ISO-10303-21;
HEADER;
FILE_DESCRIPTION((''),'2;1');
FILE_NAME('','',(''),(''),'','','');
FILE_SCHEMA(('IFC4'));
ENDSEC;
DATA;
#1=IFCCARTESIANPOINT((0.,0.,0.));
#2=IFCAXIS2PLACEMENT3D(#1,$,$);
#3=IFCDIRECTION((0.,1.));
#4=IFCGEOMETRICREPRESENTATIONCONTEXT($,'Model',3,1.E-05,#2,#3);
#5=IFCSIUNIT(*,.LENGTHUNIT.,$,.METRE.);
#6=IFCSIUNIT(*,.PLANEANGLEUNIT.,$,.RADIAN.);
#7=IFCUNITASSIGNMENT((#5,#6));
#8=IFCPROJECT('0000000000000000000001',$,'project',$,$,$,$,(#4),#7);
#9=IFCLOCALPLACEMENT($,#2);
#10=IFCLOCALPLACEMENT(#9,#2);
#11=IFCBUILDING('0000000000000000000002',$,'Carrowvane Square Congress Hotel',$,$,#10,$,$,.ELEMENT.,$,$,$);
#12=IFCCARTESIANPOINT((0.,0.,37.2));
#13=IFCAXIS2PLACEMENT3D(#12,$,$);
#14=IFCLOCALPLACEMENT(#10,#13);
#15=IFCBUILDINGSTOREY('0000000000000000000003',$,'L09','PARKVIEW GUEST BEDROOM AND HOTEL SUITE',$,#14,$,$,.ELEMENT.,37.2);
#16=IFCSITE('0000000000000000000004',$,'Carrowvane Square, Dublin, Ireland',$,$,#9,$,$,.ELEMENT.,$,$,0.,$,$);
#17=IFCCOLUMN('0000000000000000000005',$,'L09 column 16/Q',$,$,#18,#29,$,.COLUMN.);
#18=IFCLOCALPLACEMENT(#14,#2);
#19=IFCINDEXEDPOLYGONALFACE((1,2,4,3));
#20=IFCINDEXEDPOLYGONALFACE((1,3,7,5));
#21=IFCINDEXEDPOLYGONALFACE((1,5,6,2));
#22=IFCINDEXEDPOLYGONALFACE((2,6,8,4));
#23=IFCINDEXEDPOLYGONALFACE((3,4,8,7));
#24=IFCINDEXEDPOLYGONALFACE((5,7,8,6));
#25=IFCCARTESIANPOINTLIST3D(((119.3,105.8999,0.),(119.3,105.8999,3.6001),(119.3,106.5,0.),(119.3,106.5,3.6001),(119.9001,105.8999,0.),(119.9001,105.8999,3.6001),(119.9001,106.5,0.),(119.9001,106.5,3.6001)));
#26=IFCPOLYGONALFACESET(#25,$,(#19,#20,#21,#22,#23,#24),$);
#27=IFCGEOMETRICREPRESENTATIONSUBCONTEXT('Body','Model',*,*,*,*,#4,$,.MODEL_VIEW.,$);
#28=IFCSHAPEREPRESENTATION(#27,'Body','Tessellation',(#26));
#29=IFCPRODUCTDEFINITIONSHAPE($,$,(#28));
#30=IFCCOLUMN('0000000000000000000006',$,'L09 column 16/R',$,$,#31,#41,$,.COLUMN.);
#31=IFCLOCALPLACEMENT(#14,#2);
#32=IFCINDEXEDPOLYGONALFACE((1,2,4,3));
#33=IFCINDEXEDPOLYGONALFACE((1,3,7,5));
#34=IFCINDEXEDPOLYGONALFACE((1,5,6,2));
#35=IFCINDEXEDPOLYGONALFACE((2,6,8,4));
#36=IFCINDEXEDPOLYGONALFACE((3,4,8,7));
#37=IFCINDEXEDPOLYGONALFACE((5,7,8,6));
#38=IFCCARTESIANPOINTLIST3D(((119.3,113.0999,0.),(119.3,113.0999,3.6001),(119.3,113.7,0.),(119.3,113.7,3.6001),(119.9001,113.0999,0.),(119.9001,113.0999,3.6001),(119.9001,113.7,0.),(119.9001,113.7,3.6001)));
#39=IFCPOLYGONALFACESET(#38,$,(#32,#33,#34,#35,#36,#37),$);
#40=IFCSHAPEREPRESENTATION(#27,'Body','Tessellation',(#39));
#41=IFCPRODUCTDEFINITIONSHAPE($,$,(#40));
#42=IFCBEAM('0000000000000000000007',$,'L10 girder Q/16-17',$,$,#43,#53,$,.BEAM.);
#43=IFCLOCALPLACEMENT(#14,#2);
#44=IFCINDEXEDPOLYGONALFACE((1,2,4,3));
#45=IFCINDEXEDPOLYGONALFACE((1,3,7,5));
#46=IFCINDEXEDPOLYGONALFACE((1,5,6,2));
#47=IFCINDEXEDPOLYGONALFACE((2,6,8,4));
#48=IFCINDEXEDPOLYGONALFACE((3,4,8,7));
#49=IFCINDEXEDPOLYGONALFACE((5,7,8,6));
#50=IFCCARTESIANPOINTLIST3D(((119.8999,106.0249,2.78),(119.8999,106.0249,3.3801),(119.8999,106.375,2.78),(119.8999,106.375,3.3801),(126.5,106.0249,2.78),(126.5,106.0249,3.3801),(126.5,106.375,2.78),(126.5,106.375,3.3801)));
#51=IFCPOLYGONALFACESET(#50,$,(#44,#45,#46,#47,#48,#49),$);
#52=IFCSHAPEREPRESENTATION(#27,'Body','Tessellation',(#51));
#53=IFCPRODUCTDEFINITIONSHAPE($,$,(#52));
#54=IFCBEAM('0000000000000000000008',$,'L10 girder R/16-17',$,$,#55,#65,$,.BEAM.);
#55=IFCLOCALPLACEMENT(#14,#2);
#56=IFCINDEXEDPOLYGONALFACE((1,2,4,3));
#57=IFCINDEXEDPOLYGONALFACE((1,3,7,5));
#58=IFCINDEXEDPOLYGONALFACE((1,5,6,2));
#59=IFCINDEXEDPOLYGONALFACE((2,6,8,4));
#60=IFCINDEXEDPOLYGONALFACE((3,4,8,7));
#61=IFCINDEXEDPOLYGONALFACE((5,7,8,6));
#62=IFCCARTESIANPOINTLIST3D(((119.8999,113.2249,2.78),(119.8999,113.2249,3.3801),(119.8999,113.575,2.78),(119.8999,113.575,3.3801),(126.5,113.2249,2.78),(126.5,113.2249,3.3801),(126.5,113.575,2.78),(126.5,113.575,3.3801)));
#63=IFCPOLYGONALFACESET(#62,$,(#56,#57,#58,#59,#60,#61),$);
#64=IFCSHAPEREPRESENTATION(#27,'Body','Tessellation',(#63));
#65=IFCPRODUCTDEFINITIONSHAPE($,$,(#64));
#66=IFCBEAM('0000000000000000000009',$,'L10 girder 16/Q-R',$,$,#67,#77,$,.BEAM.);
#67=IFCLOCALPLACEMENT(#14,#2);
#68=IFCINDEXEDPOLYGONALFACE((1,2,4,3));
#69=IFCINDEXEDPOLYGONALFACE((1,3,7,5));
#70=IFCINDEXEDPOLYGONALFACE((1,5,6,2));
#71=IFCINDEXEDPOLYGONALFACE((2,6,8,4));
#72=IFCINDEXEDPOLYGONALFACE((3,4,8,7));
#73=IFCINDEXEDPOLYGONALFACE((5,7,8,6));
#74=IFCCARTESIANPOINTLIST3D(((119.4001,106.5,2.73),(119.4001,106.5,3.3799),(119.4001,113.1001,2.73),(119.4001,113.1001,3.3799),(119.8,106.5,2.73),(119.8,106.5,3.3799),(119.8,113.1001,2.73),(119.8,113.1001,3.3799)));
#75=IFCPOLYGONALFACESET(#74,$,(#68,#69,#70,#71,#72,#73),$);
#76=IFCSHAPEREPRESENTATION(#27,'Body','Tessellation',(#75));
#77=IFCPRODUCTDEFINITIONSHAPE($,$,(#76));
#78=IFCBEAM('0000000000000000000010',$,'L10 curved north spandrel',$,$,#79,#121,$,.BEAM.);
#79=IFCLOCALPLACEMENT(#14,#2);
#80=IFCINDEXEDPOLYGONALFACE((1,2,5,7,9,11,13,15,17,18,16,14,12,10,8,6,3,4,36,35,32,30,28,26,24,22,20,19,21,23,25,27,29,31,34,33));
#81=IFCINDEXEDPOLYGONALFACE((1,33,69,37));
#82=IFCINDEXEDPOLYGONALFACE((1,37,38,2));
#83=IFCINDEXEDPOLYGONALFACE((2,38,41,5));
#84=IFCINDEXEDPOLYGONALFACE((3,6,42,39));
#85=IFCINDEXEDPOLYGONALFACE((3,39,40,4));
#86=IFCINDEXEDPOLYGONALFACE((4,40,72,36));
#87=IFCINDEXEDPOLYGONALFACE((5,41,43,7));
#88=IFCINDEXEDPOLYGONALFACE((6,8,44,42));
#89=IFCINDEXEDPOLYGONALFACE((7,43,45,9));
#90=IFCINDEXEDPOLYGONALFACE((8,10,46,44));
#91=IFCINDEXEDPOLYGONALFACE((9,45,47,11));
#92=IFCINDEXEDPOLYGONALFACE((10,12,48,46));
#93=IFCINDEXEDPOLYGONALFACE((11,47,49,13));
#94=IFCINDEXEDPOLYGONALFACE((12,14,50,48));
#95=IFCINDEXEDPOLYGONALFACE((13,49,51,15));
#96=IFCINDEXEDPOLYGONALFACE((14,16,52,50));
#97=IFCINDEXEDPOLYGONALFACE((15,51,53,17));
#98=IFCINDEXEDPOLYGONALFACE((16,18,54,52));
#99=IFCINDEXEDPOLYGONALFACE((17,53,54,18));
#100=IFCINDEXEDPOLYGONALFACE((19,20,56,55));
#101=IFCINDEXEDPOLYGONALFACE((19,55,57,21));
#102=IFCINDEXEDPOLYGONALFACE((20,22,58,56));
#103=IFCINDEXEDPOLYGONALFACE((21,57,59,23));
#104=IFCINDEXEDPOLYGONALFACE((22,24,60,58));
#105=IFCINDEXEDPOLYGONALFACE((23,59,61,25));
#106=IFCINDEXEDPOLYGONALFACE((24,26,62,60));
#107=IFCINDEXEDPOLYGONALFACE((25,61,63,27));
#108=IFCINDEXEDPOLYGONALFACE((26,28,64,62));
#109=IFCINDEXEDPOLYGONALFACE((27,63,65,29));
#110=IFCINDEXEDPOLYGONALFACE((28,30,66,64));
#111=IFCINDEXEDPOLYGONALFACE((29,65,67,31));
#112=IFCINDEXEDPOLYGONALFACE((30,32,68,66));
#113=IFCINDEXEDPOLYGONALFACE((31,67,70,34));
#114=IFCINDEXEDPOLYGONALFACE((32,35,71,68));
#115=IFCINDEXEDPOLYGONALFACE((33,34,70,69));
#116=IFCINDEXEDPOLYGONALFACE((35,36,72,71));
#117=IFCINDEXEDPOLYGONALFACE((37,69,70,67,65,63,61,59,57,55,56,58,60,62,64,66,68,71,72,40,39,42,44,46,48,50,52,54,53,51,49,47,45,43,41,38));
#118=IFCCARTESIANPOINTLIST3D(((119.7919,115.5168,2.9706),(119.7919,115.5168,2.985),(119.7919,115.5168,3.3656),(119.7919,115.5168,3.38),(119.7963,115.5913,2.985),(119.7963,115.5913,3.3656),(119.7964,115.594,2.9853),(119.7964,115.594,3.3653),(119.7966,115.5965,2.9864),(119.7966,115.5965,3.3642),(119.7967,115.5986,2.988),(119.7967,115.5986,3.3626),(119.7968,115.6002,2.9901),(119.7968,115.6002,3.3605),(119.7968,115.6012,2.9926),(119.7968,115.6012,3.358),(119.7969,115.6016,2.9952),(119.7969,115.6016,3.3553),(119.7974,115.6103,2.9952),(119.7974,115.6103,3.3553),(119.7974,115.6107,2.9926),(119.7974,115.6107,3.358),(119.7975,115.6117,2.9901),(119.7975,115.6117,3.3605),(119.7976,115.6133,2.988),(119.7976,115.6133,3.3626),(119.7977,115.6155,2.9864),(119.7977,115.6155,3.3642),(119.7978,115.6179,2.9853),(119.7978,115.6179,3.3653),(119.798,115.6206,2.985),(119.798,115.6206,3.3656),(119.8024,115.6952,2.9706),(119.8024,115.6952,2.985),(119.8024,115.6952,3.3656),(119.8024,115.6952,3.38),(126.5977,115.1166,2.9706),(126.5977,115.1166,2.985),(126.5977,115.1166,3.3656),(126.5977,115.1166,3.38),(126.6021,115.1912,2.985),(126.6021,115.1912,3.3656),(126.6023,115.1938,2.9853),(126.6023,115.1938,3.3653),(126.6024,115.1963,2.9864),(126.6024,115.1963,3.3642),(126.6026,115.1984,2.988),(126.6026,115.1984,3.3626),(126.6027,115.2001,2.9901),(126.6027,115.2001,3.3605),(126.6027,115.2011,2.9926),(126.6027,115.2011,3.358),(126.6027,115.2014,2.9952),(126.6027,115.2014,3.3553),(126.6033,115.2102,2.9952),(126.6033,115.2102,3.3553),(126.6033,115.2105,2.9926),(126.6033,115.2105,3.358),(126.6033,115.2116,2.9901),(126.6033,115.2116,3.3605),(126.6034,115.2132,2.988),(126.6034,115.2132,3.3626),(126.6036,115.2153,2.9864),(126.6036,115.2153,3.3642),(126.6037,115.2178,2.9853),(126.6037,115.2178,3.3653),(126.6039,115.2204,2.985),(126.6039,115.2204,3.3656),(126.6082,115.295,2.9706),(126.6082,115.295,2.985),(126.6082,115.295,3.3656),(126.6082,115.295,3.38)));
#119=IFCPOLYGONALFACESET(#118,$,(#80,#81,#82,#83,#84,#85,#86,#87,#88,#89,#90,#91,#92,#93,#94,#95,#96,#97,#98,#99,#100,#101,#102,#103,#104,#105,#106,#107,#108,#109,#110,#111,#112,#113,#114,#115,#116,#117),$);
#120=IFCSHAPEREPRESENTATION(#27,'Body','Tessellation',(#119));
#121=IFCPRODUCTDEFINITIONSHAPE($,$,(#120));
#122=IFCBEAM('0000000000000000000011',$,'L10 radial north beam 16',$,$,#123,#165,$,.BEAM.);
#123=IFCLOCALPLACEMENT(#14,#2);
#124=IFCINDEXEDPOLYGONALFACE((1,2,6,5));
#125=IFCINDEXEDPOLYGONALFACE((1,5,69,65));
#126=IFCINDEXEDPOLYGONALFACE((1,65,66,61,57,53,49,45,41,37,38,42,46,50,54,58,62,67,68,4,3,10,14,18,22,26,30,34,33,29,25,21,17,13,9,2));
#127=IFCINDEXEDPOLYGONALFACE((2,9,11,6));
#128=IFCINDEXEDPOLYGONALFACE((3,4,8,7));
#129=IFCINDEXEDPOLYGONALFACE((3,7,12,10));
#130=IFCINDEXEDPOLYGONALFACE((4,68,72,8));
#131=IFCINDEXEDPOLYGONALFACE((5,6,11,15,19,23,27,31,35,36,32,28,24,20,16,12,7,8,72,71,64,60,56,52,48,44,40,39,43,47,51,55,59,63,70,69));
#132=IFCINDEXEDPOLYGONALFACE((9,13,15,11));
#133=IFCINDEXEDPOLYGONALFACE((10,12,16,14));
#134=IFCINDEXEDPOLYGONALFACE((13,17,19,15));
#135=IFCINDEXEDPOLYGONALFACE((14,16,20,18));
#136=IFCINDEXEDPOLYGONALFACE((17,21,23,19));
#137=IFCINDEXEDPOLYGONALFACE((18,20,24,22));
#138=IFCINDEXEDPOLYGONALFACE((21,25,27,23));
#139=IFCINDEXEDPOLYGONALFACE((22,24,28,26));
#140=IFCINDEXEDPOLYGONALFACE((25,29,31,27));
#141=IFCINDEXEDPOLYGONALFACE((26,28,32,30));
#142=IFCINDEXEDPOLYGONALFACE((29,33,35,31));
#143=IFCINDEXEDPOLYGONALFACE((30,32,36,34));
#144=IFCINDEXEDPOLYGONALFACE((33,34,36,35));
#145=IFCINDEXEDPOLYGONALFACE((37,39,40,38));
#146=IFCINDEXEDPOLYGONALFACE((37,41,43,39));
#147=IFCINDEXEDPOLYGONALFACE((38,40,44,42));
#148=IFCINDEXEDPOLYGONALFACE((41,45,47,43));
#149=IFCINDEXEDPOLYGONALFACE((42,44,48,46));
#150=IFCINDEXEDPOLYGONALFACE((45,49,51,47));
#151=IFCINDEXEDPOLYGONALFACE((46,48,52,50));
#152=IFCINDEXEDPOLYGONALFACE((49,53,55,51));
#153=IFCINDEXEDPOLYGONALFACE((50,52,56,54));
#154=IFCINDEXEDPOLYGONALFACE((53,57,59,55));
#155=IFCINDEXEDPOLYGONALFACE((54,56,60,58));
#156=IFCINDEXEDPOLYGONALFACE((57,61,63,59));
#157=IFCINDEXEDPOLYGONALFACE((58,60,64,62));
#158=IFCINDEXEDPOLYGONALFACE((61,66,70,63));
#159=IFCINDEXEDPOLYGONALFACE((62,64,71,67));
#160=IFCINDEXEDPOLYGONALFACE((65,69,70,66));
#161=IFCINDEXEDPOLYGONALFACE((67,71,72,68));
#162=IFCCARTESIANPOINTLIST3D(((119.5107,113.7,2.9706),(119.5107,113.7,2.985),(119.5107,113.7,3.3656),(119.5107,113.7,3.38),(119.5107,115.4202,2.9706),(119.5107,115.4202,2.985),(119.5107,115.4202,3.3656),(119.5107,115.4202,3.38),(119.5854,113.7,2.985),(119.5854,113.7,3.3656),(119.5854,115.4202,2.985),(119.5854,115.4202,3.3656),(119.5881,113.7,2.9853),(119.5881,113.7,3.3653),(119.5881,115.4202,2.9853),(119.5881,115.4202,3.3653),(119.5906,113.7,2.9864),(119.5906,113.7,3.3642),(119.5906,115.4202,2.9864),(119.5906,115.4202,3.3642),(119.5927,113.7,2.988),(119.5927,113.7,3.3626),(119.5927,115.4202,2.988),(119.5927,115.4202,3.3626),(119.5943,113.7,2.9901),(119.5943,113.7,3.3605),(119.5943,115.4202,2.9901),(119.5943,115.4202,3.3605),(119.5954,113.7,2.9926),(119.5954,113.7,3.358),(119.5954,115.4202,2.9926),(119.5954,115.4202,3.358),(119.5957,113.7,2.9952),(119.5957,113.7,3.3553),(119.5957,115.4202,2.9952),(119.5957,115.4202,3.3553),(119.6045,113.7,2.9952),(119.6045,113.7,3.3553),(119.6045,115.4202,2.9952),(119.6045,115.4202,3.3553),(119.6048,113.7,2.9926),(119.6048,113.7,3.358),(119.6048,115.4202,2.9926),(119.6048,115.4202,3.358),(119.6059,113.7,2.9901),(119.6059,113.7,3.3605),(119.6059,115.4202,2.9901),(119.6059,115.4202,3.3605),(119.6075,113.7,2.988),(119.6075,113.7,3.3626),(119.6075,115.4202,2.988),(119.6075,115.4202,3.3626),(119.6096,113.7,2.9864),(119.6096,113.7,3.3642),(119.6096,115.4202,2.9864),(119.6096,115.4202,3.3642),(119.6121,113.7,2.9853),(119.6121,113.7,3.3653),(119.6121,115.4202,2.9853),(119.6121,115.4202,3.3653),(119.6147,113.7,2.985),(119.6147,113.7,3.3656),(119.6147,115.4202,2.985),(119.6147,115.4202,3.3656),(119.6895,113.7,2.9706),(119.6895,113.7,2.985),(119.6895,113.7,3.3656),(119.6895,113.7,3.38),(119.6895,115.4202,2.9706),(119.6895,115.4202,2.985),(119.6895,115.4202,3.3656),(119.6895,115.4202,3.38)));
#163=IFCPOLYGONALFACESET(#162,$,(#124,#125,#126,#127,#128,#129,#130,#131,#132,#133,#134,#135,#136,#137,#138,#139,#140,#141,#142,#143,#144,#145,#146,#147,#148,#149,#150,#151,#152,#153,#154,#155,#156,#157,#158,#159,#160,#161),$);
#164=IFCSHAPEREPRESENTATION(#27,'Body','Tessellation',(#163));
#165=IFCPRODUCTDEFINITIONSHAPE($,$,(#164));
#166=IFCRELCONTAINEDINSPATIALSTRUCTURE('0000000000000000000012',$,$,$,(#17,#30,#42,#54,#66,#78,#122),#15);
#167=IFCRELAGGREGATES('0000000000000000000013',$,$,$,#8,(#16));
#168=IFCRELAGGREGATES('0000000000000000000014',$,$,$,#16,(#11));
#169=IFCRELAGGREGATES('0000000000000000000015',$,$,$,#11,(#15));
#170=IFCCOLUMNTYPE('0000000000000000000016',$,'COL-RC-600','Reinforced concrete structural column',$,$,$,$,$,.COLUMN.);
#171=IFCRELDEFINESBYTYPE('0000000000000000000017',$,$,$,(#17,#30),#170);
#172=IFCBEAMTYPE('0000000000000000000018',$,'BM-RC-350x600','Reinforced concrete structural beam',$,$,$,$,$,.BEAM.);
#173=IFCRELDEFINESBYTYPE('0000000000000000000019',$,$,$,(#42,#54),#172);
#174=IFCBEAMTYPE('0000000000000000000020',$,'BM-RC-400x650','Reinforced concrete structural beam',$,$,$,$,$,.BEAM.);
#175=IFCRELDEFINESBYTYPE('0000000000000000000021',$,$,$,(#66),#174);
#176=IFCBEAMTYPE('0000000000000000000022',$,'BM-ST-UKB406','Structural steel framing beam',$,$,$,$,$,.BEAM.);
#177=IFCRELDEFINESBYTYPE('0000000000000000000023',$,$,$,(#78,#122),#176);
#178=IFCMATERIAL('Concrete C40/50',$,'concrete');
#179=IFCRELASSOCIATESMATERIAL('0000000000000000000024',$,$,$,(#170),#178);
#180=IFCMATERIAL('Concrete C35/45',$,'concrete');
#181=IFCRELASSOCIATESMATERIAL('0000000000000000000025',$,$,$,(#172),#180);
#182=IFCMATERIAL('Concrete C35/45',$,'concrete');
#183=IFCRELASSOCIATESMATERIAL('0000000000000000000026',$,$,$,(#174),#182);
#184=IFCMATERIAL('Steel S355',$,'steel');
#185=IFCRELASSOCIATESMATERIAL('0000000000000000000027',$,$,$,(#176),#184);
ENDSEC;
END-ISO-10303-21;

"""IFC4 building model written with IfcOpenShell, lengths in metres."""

from ifc_helpers import new_model, si_unit, direction, frame, origin, origin_2d, place, context, subcontext, project, spatial, rectangle, i_section, extrude, material, material_profile, profile_set, type_object, element, save


model = new_model("IFC4")

# Units and contexts
model_context = context("Model", 3, precision=1e-05, world=origin(), true_north=direction((0.0, 1.0)))
body_context = subcontext(model_context, "Body", "Model", "MODEL_VIEW")
ifc_project = project(units=[si_unit("LENGTHUNIT", "METRE"), si_unit("PLANEANGLEUNIT", "RADIAN")], contexts=[model_context])

# Site, building, storey
site_placement = place(None, origin())
site = spatial("IfcSite", under=ifc_project, at=site_placement, Name="Carrowvane Square, Dublin, Ireland", CompositionType="ELEMENT", RefElevation=0.0)
building_placement = place(site_placement, origin())
building = spatial("IfcBuilding", under=site, at=building_placement, Name="Carrowvane Square Congress Hotel", CompositionType="ELEMENT")
storey_placement = place(building_placement, frame((0.0, 0.0, 37.2)))
storey = spatial("IfcBuildingStorey", under=building, at=storey_placement, Name="L09", Description="PARKVIEW GUEST BEDROOM AND HOTEL SUITE", CompositionType="ELEMENT", Elevation=37.2)

# Columns
ifc_material_1 = material(Name="Concrete C40/50", Category="concrete")
ifc_material_profile_1 = material_profile(ifc_material_1, rectangle(XDim=0.6001, YDim=0.6001, at=origin_2d()), Name="RC 600x600")
ifc_profile_set_1 = profile_set([ifc_material_profile_1], Name="Concrete C40/50")
column_type = type_object("IfcColumnType", Name="COL-RC-600", Description="Reinforced concrete structural column", PredefinedType="COLUMN", material=ifc_profile_set_1)
for number, where, z_axis, x_axis, name in (
    (1, (119.6001, 106.2, 0.0), (0.0, 0.0, 1.0), (1.0, 0.0, 0.0), "L09 column 16/Q"),
    (2, (119.6001, 113.3999, 0.0), (0.0, 0.0, 1.0), (1.0, 0.0, 0.0), "L09 column 16/R"),
):
    element("IfcColumn", number, at=place(storey_placement, frame(where, z_axis=z_axis, x_axis=x_axis)), inside=storey, type_object=column_type, Name=name, PredefinedType="COLUMN", context=body_context, shape_type="SweptSolid", body=[
        extrude(rectangle(XDim=0.6001, YDim=0.6001, at=origin_2d()), origin(), (0.0, 0.0, 1.0), 3.6001),
    ])

# Beams
ifc_material_2 = material(Name="Concrete C35/45", Category="concrete")
ifc_material_profile_2 = material_profile(ifc_material_2, rectangle(XDim=0.3501, YDim=0.6001, at=origin_2d()), Name="RC 350x600")
ifc_profile_set_2 = profile_set([ifc_material_profile_2], Name="Concrete C35/45")
beam_type_1 = type_object("IfcBeamType", Name="BM-RC-350x600", Description="Reinforced concrete structural beam", PredefinedType="BEAM", material=ifc_profile_set_2)
for number, where, z_axis, x_axis, name in (
    (3, (119.8999, 106.2, 3.0801), (1.0, 0.0, 0.0), (0.0, 1.0, 0.0), "L10 girder Q/16-17"),
    (4, (119.8999, 113.3999, 3.0801), (1.0, 0.0, 0.0), (0.0, 1.0, 0.0), "L10 girder R/16-17"),
):
    element("IfcBeam", number, at=place(storey_placement, frame(where, z_axis=z_axis, x_axis=x_axis)), inside=storey, type_object=beam_type_1, Name=name, PredefinedType="BEAM", context=body_context, shape_type="SweptSolid", body=[
        extrude(rectangle(XDim=0.3501, YDim=0.6001, at=origin_2d()), origin(), (0.0, 0.0, 1.0), 6.6001),
    ])
ifc_material_3 = material(Name="Concrete C35/45", Category="concrete")
ifc_material_profile_3 = material_profile(ifc_material_3, rectangle(XDim=0.3999, YDim=0.6499, at=origin_2d()), Name="RC 400x650")
ifc_profile_set_3 = profile_set([ifc_material_profile_3], Name="Concrete C35/45")
beam_type_2 = type_object("IfcBeamType", Name="BM-RC-400x650", Description="Reinforced concrete structural beam", PredefinedType="BEAM", material=ifc_profile_set_3)
beam_1_placement = place(storey_placement, frame((119.6001, 106.5, 3.0549), z_axis=(0.0, 1.0, 0.0), x_axis=(-1.0, 0.0, 0.0)))
element("IfcBeam", 5, at=beam_1_placement, inside=storey, type_object=beam_type_2, Name="L10 girder 16/Q-R", PredefinedType="BEAM", context=body_context, shape_type="SweptSolid", body=[
    extrude(rectangle(XDim=0.3999, YDim=0.6499, at=origin_2d()), origin(), (0.0, 0.0, 1.0), 6.6001),
])
ifc_material_4 = material(Name="Steel S355", Category="steel")
ifc_material_profile_4 = material_profile(ifc_material_4, i_section(OverallWidth=0.1787, OverallDepth=0.4094, WebThickness=0.0088, FlangeThickness=0.0144, FilletRadius=0.0103, at=origin_2d()), Name="UKB 406x178x67")
ifc_profile_set_4 = profile_set([ifc_material_profile_4], Name="Steel S355")
beam_type_3 = type_object("IfcBeamType", Name="BM-ST-UKB406", Description="Structural steel framing beam", PredefinedType="BEAM", material=ifc_profile_set_4)
beam_2_placement = place(storey_placement, frame((119.7971, 115.606, 3.1753), z_axis=(0.998276, -0.058693, 0.0), x_axis=(0.058693, 0.998276, 0.0)))
element("IfcBeam", 6, at=beam_2_placement, inside=storey, type_object=beam_type_3, Name="L10 curved north spandrel", PredefinedType="BEAM", context=body_context, shape_type="SweptSolid", body=[
    extrude(i_section(OverallWidth=0.1787, OverallDepth=0.4094, WebThickness=0.0088, FlangeThickness=0.0144, FilletRadius=0.0103, at=origin_2d()), origin(), (0.0, 0.0, 1.0), 6.8176),
])
beam_3_placement = place(storey_placement, frame((119.6001, 113.7, 3.1753), z_axis=(0.0, 1.0, 0.0), x_axis=(-1.0, 0.0, 0.0)))
element("IfcBeam", 7, at=beam_3_placement, inside=storey, type_object=beam_type_3, Name="L10 radial north beam 16", PredefinedType="BEAM", context=body_context, shape_type="SweptSolid", body=[
    extrude(i_section(OverallWidth=0.1787, OverallDepth=0.4094, WebThickness=0.0088, FlangeThickness=0.0144, FilletRadius=0.0103, at=origin_2d()), origin(), (0.0, 0.0, 1.0), 1.7202),
])

save(model, "model.ifc")
